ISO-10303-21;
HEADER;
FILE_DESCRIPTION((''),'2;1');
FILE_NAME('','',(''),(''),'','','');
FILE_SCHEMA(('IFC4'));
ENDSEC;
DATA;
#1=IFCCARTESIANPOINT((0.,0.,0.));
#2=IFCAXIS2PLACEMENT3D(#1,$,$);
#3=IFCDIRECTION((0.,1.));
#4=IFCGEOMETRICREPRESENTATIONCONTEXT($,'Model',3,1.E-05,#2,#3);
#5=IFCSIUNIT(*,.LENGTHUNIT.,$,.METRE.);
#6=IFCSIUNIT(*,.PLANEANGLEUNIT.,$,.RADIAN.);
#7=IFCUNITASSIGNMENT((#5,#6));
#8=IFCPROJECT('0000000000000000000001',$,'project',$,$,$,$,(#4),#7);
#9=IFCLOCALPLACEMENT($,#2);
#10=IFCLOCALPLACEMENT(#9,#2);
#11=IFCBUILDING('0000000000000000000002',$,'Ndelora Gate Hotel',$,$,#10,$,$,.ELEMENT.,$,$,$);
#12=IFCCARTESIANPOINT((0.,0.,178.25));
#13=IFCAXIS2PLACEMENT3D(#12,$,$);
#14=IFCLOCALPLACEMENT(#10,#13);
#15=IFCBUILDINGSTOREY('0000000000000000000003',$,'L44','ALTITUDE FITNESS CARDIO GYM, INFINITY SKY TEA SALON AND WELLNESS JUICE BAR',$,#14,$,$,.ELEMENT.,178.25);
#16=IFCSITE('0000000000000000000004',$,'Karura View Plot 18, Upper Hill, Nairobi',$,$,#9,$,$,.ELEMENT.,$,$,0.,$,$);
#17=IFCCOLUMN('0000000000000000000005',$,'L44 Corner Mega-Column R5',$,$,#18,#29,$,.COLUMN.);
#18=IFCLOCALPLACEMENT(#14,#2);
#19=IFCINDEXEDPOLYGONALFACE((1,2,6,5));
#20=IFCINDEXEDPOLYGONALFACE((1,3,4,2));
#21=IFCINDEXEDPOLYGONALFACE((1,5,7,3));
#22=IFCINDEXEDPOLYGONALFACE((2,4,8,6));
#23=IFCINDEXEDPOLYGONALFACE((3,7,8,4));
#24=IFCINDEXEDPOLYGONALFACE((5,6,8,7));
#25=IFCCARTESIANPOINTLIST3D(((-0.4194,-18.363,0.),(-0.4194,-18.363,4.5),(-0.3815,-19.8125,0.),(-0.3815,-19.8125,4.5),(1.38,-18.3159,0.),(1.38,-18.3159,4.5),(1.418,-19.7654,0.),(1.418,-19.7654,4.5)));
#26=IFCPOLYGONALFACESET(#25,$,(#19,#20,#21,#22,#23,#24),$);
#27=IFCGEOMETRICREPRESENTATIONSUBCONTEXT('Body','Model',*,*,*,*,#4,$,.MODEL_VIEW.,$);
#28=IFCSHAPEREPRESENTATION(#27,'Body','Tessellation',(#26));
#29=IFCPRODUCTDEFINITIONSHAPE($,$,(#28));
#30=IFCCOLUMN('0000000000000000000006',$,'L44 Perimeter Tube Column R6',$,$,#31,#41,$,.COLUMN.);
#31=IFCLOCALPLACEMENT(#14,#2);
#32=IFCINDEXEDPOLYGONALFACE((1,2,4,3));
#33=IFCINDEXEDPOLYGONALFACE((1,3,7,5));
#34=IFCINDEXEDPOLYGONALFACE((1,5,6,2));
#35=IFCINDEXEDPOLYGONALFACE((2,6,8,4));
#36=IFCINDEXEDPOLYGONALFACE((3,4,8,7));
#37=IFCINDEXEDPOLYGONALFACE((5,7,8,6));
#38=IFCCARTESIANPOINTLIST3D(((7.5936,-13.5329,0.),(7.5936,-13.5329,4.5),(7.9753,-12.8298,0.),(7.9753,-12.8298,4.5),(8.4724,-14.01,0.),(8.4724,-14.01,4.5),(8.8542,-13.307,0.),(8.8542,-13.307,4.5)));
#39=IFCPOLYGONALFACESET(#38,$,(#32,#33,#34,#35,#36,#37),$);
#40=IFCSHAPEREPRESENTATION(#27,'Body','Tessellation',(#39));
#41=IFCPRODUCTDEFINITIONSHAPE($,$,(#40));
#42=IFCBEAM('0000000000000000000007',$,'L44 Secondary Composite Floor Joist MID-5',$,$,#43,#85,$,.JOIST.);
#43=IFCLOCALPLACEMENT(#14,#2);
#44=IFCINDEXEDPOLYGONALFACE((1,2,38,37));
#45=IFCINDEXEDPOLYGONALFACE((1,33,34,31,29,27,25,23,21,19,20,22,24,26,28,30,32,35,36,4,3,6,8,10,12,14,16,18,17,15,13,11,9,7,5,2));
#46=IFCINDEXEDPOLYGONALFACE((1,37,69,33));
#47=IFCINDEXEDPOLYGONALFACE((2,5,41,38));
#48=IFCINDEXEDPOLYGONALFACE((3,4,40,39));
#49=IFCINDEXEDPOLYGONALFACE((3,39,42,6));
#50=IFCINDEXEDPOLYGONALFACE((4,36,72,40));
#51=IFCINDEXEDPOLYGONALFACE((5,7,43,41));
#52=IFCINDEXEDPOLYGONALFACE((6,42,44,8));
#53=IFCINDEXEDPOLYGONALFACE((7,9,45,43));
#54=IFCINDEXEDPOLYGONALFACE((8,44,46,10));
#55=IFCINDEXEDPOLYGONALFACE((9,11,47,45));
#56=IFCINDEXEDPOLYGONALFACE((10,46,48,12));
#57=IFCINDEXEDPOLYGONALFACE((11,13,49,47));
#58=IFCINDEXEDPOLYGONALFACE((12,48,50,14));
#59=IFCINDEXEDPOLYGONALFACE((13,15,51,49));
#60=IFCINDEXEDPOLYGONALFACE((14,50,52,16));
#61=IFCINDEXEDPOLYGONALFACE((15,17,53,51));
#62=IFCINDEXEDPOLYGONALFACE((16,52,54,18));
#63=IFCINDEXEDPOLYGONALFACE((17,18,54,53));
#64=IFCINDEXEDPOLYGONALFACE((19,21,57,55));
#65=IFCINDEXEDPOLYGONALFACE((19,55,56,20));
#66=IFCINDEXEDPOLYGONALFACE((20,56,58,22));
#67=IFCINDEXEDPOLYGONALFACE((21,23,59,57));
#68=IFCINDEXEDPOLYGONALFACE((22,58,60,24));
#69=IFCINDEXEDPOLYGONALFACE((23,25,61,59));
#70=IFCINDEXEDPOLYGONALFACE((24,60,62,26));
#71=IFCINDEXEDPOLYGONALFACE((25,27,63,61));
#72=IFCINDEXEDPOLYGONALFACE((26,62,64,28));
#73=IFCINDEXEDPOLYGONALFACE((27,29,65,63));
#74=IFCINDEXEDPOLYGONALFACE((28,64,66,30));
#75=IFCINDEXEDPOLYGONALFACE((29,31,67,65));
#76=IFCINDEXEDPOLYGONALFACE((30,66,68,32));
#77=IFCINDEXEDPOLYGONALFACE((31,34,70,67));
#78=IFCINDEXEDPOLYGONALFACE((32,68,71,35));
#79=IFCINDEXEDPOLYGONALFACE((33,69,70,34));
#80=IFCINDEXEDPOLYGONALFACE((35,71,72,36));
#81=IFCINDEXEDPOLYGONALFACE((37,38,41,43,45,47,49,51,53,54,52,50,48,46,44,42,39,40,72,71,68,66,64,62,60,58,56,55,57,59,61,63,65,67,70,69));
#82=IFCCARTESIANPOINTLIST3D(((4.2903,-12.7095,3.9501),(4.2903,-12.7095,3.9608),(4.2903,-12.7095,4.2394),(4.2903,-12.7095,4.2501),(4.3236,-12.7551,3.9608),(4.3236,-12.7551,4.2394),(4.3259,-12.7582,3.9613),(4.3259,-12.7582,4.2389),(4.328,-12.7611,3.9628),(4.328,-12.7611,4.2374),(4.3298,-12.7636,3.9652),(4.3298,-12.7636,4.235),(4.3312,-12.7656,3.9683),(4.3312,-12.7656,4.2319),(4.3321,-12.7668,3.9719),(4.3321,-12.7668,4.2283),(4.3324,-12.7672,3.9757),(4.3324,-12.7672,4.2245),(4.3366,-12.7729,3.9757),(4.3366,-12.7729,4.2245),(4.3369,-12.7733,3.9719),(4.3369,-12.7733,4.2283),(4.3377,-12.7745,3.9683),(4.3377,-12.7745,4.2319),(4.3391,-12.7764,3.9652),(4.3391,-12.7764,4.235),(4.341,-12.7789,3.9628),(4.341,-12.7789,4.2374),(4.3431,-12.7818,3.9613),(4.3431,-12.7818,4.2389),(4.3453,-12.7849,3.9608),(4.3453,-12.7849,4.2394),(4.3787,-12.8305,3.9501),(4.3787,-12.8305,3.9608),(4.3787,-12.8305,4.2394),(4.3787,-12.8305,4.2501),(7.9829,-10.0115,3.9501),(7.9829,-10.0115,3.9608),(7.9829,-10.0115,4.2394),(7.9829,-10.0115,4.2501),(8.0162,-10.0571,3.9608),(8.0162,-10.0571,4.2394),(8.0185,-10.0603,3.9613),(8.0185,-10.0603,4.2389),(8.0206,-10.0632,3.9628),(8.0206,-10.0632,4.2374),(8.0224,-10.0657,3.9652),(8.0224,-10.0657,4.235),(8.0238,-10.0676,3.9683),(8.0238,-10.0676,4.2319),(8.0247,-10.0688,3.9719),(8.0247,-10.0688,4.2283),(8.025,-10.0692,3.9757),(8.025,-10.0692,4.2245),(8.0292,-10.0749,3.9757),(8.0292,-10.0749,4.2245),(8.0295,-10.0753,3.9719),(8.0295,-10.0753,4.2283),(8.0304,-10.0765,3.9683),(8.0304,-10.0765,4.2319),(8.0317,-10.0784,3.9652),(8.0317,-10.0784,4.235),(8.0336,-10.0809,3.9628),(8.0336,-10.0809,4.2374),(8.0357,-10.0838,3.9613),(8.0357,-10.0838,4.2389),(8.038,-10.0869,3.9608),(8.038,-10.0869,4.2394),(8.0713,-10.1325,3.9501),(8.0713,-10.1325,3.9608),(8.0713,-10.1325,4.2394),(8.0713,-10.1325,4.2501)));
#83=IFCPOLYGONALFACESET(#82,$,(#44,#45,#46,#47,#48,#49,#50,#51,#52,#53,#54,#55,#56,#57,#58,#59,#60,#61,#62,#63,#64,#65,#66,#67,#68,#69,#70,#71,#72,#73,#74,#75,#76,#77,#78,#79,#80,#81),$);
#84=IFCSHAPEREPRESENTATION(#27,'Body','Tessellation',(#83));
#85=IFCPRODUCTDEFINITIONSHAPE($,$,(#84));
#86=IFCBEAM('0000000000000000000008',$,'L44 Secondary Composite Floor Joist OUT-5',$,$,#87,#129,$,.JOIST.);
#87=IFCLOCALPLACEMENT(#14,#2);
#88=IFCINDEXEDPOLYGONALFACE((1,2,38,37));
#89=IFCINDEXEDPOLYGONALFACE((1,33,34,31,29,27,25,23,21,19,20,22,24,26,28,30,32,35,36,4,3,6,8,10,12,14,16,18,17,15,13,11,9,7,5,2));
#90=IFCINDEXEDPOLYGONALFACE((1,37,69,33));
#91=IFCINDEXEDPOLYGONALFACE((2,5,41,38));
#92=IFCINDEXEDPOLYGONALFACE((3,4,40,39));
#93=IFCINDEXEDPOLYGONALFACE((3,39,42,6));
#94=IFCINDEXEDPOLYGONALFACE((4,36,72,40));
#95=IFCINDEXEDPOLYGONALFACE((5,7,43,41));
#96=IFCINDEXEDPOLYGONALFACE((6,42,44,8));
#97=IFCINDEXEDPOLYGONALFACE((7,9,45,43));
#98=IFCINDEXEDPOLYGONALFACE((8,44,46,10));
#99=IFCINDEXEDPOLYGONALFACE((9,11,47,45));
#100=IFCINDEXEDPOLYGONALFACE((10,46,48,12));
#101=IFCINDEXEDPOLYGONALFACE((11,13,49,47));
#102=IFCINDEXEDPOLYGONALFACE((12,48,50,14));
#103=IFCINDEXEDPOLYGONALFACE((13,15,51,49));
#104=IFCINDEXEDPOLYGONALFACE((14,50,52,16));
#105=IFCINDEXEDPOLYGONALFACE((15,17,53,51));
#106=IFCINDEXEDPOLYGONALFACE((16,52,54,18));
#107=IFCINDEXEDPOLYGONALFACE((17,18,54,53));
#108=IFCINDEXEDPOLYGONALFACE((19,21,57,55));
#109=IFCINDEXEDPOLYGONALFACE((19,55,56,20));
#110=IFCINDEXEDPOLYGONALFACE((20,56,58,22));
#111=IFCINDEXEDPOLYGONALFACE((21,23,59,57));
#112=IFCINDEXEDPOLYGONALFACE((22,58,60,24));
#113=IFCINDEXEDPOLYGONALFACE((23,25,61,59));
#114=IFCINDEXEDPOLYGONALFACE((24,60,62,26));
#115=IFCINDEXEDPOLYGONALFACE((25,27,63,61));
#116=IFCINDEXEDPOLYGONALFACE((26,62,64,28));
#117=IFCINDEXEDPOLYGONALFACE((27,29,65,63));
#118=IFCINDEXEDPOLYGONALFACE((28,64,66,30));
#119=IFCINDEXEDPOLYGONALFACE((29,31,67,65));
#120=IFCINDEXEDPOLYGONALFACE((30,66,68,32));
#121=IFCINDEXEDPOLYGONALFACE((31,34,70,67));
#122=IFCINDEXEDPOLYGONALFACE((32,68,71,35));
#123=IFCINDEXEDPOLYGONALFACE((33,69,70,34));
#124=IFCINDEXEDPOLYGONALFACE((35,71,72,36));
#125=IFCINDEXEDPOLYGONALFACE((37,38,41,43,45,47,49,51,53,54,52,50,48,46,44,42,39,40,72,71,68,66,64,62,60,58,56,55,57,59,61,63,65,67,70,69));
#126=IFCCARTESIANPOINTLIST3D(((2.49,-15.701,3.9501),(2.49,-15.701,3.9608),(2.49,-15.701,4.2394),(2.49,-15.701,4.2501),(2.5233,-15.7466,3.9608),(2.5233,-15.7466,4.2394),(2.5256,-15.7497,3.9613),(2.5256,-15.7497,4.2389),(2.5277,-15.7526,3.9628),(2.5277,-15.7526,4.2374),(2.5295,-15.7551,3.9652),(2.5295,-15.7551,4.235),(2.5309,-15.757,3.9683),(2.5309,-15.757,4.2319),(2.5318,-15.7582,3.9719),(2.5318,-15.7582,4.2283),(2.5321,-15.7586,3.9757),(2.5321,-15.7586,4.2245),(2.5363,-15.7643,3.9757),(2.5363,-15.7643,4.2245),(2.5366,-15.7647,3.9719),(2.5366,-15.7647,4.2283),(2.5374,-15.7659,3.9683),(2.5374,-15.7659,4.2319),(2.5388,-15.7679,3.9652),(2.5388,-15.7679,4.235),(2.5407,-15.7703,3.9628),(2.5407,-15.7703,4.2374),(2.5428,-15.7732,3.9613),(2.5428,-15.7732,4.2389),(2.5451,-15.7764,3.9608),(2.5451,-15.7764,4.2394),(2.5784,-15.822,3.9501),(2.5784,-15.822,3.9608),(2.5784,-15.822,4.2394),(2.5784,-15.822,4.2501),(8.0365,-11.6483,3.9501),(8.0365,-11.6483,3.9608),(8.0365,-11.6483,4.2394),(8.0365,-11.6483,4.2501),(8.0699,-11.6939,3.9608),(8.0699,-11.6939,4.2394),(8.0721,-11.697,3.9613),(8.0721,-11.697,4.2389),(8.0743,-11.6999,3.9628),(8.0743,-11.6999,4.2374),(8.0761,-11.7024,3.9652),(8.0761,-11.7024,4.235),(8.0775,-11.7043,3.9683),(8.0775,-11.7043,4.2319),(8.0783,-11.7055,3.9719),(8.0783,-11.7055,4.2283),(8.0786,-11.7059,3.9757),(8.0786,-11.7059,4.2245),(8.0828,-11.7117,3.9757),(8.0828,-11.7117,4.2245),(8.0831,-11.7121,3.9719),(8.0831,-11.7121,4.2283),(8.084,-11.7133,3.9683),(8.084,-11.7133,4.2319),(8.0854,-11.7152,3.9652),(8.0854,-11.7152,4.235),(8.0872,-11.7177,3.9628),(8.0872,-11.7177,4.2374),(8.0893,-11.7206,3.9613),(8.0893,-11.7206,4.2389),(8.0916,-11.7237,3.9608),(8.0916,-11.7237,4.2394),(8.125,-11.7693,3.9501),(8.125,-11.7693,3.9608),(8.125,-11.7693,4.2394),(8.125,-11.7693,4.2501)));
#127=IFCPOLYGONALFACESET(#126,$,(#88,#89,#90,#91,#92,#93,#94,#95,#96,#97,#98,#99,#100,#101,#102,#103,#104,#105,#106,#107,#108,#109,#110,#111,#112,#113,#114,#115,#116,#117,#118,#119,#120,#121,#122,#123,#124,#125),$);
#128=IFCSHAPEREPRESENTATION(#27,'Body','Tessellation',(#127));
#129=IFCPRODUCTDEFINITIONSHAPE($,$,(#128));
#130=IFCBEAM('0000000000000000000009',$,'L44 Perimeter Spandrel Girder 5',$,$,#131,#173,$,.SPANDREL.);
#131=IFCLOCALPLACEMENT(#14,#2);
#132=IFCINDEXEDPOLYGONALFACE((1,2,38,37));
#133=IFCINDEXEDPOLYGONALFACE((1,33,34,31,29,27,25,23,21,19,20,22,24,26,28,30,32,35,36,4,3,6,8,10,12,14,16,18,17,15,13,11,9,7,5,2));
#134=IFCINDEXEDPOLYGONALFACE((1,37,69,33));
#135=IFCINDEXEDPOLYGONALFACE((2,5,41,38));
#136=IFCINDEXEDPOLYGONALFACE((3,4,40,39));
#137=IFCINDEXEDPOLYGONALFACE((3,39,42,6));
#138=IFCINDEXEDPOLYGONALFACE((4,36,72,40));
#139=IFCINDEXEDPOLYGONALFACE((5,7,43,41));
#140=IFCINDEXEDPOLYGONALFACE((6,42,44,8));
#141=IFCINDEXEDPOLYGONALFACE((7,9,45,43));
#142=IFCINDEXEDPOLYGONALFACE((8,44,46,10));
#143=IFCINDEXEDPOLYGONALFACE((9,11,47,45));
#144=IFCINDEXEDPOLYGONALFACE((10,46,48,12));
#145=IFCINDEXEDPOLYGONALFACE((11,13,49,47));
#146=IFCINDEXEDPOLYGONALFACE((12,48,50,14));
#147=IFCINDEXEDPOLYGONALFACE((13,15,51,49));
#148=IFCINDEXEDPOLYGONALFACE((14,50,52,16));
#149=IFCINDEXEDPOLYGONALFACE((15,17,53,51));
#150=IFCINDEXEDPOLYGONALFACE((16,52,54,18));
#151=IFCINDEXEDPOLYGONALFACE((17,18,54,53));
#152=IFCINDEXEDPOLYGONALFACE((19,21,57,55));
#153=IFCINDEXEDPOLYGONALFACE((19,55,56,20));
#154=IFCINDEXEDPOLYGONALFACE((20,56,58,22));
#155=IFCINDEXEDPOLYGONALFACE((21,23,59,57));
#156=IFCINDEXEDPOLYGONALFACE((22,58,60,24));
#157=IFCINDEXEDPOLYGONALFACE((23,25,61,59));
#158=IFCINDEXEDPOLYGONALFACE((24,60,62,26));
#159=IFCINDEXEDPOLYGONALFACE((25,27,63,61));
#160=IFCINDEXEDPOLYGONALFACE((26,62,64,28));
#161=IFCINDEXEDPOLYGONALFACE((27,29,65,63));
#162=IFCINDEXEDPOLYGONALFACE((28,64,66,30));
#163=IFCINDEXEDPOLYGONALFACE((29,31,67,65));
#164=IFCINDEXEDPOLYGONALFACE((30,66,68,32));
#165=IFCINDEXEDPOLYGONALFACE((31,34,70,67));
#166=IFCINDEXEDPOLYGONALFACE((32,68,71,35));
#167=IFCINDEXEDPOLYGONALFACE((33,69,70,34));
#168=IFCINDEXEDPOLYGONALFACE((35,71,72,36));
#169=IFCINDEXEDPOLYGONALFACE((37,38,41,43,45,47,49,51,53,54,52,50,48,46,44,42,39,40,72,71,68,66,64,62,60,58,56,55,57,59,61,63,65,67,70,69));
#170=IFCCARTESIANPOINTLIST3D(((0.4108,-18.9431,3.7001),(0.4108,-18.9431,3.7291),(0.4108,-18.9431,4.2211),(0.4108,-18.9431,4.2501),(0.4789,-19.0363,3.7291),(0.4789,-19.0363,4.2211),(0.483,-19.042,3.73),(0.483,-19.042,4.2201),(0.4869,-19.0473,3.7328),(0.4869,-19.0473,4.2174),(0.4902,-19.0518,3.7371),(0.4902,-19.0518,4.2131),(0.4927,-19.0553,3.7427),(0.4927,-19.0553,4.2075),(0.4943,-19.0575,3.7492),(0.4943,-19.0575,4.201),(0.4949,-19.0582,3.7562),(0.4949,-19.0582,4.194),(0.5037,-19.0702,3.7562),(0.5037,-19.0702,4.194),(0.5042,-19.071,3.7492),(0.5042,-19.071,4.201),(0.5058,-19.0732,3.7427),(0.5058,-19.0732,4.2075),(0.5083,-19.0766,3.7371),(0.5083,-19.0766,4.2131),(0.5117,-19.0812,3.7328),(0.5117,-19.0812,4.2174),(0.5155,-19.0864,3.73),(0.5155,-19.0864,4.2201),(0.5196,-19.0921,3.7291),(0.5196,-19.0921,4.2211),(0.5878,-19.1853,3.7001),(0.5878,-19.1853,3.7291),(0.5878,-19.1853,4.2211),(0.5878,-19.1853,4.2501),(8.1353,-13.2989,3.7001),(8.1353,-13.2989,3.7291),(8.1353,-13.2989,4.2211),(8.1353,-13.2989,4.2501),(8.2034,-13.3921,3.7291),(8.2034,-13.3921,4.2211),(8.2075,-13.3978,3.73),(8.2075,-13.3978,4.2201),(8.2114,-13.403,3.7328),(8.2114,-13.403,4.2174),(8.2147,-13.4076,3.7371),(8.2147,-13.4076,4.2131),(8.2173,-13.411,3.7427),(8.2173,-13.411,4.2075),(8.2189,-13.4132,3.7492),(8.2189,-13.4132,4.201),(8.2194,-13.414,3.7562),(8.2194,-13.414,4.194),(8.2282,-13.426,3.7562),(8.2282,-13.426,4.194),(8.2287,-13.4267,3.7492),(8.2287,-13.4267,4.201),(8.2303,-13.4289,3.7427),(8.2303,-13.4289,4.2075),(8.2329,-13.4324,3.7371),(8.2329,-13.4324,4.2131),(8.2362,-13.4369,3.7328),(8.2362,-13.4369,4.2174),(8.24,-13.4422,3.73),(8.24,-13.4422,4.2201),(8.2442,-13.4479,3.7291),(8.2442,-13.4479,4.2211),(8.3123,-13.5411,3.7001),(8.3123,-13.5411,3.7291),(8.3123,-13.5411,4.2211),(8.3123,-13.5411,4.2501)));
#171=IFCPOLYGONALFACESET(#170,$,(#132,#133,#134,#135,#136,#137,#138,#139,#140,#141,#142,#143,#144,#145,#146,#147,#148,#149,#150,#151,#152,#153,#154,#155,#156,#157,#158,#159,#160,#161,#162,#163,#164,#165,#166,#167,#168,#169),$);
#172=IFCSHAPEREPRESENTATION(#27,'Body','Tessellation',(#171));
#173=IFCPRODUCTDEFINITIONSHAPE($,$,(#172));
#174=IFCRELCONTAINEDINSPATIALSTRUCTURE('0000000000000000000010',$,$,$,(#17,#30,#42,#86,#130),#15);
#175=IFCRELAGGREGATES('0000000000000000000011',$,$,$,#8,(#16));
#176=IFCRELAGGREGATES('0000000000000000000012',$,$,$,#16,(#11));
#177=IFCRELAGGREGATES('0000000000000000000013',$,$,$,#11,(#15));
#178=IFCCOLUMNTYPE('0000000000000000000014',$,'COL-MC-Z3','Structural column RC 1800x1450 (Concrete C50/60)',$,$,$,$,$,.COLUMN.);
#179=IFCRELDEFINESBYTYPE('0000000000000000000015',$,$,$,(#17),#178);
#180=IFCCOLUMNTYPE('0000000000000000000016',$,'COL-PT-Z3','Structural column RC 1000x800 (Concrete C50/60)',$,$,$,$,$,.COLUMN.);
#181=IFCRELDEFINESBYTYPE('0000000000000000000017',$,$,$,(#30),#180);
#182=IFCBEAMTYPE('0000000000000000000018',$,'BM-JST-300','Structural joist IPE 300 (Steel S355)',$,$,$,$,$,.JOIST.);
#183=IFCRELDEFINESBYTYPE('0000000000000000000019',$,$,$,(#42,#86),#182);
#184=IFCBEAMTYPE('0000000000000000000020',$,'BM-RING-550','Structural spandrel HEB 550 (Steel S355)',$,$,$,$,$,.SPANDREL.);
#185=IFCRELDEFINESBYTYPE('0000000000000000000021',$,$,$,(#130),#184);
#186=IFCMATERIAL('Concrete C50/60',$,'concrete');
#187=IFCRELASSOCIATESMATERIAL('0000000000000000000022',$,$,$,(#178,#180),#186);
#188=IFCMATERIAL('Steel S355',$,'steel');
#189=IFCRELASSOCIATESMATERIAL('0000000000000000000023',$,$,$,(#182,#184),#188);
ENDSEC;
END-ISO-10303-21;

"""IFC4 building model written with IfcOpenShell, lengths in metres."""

from ifc_helpers import new_model, si_unit, direction, frame, origin, origin_2d, place, context, subcontext, project, spatial, rectangle, i_section, extrude, material, material_profile, profile_set, type_object, element, save


model = new_model("IFC4")

# Units and contexts
model_context = context("Model", 3, precision=1e-05, world=origin(), true_north=direction((0.0, 1.0)))
body_context = subcontext(model_context, "Body", "Model", "MODEL_VIEW")
ifc_project = project(units=[si_unit("LENGTHUNIT", "METRE"), si_unit("PLANEANGLEUNIT", "RADIAN")], contexts=[model_context])

# Site, building, storey
site_placement = place(None, origin())
site = spatial("IfcSite", under=ifc_project, at=site_placement, Name="Karura View Plot 18, Upper Hill, Nairobi", CompositionType="ELEMENT", RefElevation=0.0)
building_placement = place(site_placement, origin())
building = spatial("IfcBuilding", under=site, at=building_placement, Name="Ndelora Gate Hotel", CompositionType="ELEMENT")
storey_placement = place(building_placement, frame((0.0, 0.0, 178.25)))
storey = spatial("IfcBuildingStorey", under=building, at=storey_placement, Name="L44", Description="ALTITUDE FITNESS CARDIO GYM, INFINITY SKY TEA SALON AND WELLNESS JUICE BAR", CompositionType="ELEMENT", Elevation=178.25)

# Columns
ifc_material_1 = material(Name="Concrete C50/60", Category="concrete")
ifc_material_profile_1 = material_profile(ifc_material_1, rectangle(XDim=1.45, YDim=1.8, at=origin_2d()), Name="RC 1800x1450")
ifc_profile_set_1 = profile_set([ifc_material_profile_1], Name="Concrete C50/60")
column_type_1 = type_object("IfcColumnType", Name="COL-MC-Z3", Description="Structural column RC 1800x1450 (Concrete C50/60)", PredefinedType="COLUMN", material=ifc_profile_set_1)
column_1_placement = place(storey_placement, frame((0.4993, -19.0642, 0.0), z_axis=(0.0, 0.0, 1.0), x_axis=(-0.026177, 0.999657, 0.0)))
element("IfcColumn", 1, at=column_1_placement, inside=storey, type_object=column_type_1, Name="L44 Corner Mega-Column R5", PredefinedType="COLUMN", context=body_context, shape_type="SweptSolid", body=[
    extrude(rectangle(XDim=1.45, YDim=1.8, at=origin_2d()), origin(), (0.0, 0.0, 1.0), 4.5),
])
ifc_material_profile_2 = material_profile(ifc_material_1, rectangle(XDim=0.8, YDim=1.0, at=origin_2d()), Name="RC 1000x800")
ifc_profile_set_2 = profile_set([ifc_material_profile_2], Name="Concrete C50/60")
column_type_2 = type_object("IfcColumnType", Name="COL-PT-Z3", Description="Structural column RC 1000x800 (Concrete C50/60)", PredefinedType="COLUMN", material=ifc_profile_set_2)
column_2_placement = place(storey_placement, frame((8.2239, -13.4199, 0.0), z_axis=(0.0, 0.0, 1.0), x_axis=(0.477159, 0.878817, 0.0)))
element("IfcColumn", 2, at=column_2_placement, inside=storey, type_object=column_type_2, Name="L44 Perimeter Tube Column R6", PredefinedType="COLUMN", context=body_context, shape_type="SweptSolid", body=[
    extrude(rectangle(XDim=0.8, YDim=1.0, at=origin_2d()), origin(), (0.0, 0.0, 1.0), 4.5),
])

# Beams
ifc_material_2 = material(Name="Steel S355", Category="steel")
ifc_material_profile_3 = material_profile(ifc_material_2, i_section(OverallWidth=0.1499, OverallDepth=0.3, WebThickness=0.0071, FlangeThickness=0.0107, FilletRadius=0.0149, at=origin_2d()), Name="IPE 300")
ifc_profile_set_3 = profile_set([ifc_material_profile_3], Name="Steel S355")
beam_type_1 = type_object("IfcBeamType", Name="BM-JST-300", Description="Structural joist IPE 300 (Steel S355)", PredefinedType="JOIST", material=ifc_profile_set_3)
beam_1_placement = place(storey_placement, frame((4.3345, -12.77, 4.1001), z_axis=(0.807439, 0.589951, 0.0), x_axis=(-0.589951, 0.807439, 0.0)))
element("IfcBeam", 3, at=beam_1_placement, inside=storey, type_object=beam_type_1, Name="L44 Secondary Composite Floor Joist MID-5", PredefinedType="JOIST", context=body_context, shape_type="SweptSolid", body=[
    extrude(i_section(OverallWidth=0.1499, OverallDepth=0.3, WebThickness=0.0071, FlangeThickness=0.0107, FilletRadius=0.0149, at=origin_2d()), origin(), (0.0, 0.0, 1.0), 4.5732),
])
beam_2_placement = place(storey_placement, frame((2.5342, -15.7615, 4.1001), z_axis=(0.807431, 0.589962, 0.0), x_axis=(-0.589962, 0.807431, 0.0)))
element("IfcBeam", 4, at=beam_2_placement, inside=storey, type_object=beam_type_1, Name="L44 Secondary Composite Floor Joist OUT-5", PredefinedType="JOIST", context=body_context, shape_type="SweptSolid", body=[
    extrude(i_section(OverallWidth=0.1499, OverallDepth=0.3, WebThickness=0.0071, FlangeThickness=0.0107, FilletRadius=0.0149, at=origin_2d()), origin(), (0.0, 0.0, 1.0), 6.8694),
])
ifc_material_profile_4 = material_profile(ifc_material_2, i_section(OverallWidth=0.3, OverallDepth=0.55, WebThickness=0.0149, FlangeThickness=0.0291, FilletRadius=0.0271, at=origin_2d()), Name="HEB 550")
ifc_profile_set_4 = profile_set([ifc_material_profile_4], Name="Steel S355")
beam_type_2 = type_object("IfcBeamType", Name="BM-RING-550", Description="Structural spandrel HEB 550 (Steel S355)", PredefinedType="SPANDREL", material=ifc_profile_set_4)
beam_3_placement = place(storey_placement, frame((0.4993, -19.0642, 3.9751), z_axis=(0.807422, 0.589974, 0.0), x_axis=(-0.589974, 0.807422, 0.0)))
element("IfcBeam", 5, at=beam_3_placement, inside=storey, type_object=beam_type_2, Name="L44 Perimeter Spandrel Girder 5", PredefinedType="SPANDREL", context=body_context, shape_type="SweptSolid", body=[
    extrude(i_section(OverallWidth=0.3, OverallDepth=0.55, WebThickness=0.0149, FlangeThickness=0.0291, FilletRadius=0.0271, at=origin_2d()), origin(), (0.0, 0.0, 1.0), 9.5669),
])

save(model, "model.ifc")
